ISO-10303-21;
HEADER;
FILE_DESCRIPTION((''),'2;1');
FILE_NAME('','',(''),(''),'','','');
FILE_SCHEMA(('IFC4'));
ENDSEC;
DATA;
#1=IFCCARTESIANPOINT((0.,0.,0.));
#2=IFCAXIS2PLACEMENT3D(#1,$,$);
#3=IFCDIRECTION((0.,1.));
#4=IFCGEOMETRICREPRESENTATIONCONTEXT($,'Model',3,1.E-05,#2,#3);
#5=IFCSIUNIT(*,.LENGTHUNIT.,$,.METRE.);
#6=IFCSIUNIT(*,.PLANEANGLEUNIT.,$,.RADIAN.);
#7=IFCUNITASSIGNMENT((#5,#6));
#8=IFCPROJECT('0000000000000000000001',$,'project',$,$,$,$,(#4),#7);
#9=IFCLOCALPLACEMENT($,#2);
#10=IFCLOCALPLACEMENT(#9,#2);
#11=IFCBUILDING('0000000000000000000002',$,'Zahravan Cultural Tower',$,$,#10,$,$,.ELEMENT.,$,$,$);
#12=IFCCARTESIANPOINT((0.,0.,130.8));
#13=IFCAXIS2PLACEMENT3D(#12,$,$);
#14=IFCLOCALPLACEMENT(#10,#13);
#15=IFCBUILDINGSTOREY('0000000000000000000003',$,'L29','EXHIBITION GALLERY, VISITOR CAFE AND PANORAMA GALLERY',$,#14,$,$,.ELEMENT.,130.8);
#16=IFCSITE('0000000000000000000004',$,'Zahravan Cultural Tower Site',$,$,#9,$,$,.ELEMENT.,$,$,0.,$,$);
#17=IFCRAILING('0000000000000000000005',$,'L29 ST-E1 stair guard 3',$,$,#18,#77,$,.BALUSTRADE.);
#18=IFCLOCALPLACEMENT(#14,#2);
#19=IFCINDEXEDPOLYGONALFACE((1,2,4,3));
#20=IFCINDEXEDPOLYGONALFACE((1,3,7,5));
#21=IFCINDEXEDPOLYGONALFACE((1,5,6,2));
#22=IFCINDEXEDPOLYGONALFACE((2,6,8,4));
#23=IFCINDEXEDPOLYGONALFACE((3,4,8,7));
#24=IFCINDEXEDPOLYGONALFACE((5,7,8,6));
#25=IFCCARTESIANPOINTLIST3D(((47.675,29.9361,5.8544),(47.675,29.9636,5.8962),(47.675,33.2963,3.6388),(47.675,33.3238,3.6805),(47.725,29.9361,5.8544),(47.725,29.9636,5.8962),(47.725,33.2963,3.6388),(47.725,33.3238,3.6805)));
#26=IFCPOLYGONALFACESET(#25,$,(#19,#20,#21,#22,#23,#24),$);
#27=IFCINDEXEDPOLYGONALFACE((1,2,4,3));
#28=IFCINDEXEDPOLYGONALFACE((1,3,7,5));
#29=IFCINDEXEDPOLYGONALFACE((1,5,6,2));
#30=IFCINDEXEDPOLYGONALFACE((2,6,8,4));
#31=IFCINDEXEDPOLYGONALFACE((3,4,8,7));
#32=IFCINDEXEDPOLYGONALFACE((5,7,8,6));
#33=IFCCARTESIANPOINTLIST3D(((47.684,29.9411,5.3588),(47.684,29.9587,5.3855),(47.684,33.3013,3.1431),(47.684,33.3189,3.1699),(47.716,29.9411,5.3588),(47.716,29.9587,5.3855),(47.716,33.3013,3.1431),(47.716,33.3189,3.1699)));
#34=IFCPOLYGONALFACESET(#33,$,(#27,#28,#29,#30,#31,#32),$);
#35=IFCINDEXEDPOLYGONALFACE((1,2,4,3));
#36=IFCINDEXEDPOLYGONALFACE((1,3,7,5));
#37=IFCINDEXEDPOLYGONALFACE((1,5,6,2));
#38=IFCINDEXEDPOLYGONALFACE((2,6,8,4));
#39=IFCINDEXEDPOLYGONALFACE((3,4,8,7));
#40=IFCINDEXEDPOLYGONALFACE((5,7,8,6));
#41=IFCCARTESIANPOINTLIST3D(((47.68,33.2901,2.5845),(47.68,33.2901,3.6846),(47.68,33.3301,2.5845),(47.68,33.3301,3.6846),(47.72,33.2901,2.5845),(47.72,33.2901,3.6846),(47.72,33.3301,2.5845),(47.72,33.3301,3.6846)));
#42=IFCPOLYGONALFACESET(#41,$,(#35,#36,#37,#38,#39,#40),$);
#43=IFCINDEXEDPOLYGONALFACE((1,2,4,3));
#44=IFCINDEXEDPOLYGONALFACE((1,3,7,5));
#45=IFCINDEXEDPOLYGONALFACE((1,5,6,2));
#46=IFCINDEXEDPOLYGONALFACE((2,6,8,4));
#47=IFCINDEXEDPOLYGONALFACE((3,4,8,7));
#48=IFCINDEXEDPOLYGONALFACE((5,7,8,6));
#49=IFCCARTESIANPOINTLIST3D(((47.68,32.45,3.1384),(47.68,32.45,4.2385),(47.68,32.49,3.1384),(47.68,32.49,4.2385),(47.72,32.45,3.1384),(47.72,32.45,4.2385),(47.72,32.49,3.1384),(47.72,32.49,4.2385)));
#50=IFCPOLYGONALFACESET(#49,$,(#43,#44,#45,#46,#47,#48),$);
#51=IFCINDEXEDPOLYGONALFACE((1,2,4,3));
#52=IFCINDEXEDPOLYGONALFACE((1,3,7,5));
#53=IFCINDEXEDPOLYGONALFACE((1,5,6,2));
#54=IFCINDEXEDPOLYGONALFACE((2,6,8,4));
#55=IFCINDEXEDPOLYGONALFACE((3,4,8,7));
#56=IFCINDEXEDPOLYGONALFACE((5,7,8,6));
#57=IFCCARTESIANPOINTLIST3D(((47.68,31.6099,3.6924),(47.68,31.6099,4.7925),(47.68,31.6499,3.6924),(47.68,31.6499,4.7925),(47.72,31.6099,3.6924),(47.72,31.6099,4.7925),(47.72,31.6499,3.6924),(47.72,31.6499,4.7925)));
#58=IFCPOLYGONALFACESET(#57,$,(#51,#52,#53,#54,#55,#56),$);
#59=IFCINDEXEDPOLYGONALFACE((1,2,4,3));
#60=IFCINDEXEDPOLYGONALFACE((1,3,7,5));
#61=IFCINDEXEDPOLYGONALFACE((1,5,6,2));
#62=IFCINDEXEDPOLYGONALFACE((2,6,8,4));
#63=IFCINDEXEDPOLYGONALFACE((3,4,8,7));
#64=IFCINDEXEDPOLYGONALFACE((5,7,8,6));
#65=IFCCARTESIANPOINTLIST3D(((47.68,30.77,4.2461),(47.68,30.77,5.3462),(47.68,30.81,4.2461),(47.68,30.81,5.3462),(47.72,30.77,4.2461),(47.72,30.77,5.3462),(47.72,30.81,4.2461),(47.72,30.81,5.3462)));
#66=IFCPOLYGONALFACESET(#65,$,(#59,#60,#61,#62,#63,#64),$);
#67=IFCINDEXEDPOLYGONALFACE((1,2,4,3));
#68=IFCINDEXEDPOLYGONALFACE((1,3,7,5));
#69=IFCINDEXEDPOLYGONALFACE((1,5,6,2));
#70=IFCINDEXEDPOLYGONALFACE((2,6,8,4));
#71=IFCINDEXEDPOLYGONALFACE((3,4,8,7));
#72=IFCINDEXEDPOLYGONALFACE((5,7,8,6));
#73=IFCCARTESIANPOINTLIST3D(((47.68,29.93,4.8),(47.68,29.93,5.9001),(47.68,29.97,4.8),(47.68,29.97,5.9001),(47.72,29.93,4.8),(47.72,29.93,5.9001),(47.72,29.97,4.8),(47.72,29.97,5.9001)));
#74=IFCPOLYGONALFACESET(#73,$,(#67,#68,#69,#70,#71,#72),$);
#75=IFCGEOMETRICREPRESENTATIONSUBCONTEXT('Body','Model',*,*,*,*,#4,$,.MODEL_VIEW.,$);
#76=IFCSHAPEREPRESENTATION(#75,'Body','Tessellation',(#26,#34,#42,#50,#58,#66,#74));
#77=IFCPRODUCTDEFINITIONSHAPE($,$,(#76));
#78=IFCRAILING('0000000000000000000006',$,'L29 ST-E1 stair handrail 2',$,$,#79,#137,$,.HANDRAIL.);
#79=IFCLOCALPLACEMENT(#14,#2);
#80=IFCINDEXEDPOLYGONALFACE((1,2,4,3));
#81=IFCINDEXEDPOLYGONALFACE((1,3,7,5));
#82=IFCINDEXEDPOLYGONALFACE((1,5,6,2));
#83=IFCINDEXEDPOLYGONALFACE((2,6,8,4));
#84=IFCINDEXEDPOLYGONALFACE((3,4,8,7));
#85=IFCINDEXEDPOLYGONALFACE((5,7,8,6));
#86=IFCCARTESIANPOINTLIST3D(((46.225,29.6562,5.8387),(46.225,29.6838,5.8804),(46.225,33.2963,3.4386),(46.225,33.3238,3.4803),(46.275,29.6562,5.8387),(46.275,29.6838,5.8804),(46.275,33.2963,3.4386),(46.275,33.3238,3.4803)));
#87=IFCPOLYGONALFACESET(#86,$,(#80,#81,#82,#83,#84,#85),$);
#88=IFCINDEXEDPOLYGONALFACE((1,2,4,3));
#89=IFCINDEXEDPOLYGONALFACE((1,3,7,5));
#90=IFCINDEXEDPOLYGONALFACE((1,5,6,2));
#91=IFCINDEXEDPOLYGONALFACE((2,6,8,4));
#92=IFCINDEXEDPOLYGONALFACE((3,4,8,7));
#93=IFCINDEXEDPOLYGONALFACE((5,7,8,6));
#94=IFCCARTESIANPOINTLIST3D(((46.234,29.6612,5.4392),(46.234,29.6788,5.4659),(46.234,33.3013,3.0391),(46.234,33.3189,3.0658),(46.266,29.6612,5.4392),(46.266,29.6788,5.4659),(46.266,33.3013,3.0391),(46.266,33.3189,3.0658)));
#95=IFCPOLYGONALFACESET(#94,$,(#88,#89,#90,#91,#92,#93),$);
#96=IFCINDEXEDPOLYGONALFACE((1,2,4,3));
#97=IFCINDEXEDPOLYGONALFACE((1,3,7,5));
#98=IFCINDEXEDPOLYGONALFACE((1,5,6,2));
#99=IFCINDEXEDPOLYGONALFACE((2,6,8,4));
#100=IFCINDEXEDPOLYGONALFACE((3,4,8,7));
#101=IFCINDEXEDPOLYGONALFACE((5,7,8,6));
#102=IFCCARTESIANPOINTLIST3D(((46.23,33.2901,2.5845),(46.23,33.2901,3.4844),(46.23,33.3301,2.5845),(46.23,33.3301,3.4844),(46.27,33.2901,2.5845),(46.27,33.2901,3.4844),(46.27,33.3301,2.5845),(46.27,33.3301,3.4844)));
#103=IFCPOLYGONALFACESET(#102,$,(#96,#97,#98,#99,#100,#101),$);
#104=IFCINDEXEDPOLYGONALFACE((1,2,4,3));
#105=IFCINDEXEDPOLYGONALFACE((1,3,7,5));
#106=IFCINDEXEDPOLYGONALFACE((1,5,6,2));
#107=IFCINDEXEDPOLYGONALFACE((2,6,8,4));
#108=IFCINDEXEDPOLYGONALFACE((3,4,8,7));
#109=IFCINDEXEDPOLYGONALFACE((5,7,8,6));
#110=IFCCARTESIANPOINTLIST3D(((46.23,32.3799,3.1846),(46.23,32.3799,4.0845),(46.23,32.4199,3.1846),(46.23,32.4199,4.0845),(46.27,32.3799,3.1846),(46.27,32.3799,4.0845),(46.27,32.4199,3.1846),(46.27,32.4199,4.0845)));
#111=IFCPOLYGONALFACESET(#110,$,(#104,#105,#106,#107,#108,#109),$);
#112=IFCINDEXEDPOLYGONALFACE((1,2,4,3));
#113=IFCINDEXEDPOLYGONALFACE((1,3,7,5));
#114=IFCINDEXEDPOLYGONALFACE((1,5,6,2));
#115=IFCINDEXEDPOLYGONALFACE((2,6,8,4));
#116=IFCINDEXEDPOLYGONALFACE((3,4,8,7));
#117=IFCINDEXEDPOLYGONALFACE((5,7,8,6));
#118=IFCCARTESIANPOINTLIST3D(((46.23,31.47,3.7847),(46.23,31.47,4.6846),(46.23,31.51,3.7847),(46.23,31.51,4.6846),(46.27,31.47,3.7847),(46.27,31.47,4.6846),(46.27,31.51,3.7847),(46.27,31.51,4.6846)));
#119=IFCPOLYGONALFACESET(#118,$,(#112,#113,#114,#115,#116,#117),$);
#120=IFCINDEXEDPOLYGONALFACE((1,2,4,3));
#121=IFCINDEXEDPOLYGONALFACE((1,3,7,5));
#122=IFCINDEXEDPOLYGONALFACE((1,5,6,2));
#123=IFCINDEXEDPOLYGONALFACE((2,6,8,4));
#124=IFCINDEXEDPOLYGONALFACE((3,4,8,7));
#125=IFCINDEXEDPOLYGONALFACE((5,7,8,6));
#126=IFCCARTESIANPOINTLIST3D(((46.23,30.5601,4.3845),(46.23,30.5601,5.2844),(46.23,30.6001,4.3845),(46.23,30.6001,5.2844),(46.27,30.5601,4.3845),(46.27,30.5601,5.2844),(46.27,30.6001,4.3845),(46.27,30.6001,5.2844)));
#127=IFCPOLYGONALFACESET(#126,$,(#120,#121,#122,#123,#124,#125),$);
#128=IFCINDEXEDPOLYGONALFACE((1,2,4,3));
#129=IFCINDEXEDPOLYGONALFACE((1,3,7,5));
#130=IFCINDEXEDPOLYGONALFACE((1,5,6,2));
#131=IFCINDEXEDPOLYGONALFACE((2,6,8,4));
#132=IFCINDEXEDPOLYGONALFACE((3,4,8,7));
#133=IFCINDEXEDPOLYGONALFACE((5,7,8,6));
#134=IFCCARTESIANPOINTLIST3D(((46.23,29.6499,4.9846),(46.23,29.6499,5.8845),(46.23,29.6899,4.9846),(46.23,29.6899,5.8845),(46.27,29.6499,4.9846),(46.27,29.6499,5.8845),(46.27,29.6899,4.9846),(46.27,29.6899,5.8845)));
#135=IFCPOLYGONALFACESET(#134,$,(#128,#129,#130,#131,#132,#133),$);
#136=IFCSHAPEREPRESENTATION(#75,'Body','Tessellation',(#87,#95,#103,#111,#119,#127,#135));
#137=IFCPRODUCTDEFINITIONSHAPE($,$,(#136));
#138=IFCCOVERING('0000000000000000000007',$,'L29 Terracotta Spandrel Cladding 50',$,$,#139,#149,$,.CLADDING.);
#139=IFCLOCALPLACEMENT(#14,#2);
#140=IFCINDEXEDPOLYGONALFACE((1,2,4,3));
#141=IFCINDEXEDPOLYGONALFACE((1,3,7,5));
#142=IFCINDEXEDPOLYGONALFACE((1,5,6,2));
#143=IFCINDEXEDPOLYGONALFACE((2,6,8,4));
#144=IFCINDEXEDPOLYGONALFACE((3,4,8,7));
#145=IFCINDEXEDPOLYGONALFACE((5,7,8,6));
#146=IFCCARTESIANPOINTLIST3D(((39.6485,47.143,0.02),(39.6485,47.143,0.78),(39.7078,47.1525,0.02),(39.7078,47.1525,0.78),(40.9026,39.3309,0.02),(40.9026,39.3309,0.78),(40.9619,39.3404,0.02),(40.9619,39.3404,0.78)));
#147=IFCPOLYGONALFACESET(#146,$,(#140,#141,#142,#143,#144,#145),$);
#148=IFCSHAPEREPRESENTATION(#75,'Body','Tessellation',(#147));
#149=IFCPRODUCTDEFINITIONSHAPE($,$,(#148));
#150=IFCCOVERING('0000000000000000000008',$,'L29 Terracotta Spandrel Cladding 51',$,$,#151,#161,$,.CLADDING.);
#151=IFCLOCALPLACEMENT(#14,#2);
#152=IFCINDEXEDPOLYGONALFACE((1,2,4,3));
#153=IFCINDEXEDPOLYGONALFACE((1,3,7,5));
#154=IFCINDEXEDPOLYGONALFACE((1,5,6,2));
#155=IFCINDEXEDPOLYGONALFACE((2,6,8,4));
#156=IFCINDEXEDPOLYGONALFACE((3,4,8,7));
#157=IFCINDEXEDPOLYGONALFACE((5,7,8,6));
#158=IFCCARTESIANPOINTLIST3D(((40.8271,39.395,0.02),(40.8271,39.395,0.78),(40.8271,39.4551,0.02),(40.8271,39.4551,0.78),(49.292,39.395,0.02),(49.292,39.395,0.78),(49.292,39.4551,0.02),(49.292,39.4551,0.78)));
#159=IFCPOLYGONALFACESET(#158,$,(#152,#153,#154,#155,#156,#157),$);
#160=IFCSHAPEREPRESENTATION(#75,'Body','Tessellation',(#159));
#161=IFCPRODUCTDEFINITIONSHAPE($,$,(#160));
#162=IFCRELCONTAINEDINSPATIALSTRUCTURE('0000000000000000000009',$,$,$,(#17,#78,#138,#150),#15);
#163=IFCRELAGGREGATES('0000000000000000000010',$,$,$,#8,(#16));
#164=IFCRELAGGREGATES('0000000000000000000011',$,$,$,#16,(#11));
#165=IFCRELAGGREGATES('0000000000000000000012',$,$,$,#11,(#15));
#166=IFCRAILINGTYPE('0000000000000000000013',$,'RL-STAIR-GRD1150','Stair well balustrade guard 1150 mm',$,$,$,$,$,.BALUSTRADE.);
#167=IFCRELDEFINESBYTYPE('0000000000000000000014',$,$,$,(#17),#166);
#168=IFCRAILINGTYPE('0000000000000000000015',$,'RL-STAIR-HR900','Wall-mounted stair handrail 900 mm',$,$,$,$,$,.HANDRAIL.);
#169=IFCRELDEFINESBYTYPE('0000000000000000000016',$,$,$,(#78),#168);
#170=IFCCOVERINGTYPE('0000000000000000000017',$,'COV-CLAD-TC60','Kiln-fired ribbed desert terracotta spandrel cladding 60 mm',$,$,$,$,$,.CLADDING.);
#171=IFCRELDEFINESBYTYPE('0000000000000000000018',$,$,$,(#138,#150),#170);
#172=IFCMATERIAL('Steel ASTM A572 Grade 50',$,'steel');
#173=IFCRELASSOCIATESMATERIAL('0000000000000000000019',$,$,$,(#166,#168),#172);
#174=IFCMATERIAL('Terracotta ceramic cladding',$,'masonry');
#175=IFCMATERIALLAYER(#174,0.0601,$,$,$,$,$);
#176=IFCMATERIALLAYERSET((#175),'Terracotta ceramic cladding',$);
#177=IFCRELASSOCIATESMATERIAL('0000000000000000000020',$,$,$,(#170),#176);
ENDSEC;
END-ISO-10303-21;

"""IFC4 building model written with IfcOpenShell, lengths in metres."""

from ifc_helpers import new_model, si_unit, direction, frame, origin, origin_2d, place, context, subcontext, project, spatial, rectangle, extrude, source, transform, mapped, material, layer, layer_set, type_object, element, save


model = new_model("IFC4")

# Units and contexts
model_context = context("Model", 3, precision=1e-05, world=origin(), true_north=direction((0.0, 1.0)))
body_context = subcontext(model_context, "Body", "Model", "MODEL_VIEW")
ifc_project = project(units=[si_unit("LENGTHUNIT", "METRE"), si_unit("PLANEANGLEUNIT", "RADIAN")], contexts=[model_context])

# Site, building, storey
site_placement = place(None, origin())
site = spatial("IfcSite", under=ifc_project, at=site_placement, Name="Zahravan Cultural Tower Site", CompositionType="ELEMENT", RefElevation=0.0)
building_placement = place(site_placement, origin())
building = spatial("IfcBuilding", under=site, at=building_placement, Name="Zahravan Cultural Tower", CompositionType="ELEMENT")
storey_placement = place(building_placement, frame((0.0, 0.0, 130.8)))
storey = spatial("IfcBuildingStorey", under=building, at=storey_placement, Name="L29", Description="EXHIBITION GALLERY, VISITOR CAFE AND PANORAMA GALLERY", CompositionType="ELEMENT", Elevation=130.8)

# Shared definitions
ifc_material_1 = material(Name="Steel ASTM A572 Grade 50", Category="steel")

# Railings
railing_type_1 = type_object("IfcRailingType", Name="RL-STAIR-GRD1150", Description="Stair well balustrade guard 1150 mm", PredefinedType="BALUSTRADE", material=ifc_material_1)
railing_1_placement = place(storey_placement, frame((47.7, 33.3101, 2.5845)))
element("IfcRailing", 1, at=railing_1_placement, inside=storey, type_object=railing_type_1, Name="L29 ST-E1 stair guard 3", PredefinedType="BALUSTRADE", context=body_context, shape_type="SweptSolid", body=[
    extrude(rectangle(XDim=0.05, YDim=0.05, at=origin_2d()), frame((0.0, 0.0, 1.0752), z_axis=(0.0, -0.834849, 0.55048), x_axis=(1.0, 0.0, 0.0)), (0.0, 0.0, 1.0), 4.0249),
    extrude(rectangle(XDim=0.032, YDim=0.032, at=origin_2d()), frame((0.0, 0.0, 0.572), z_axis=(0.0, -0.834849, 0.55048), x_axis=(1.0, 0.0, 0.0)), (0.0, 0.0, 1.0), 4.0249),
    extrude(rectangle(XDim=0.04, YDim=0.04, at=origin_2d()), origin(), (0.0, 0.0, 1.0), 1.1001),
    extrude(rectangle(XDim=0.04, YDim=0.04, at=origin_2d()), frame((0.0, -0.8401, 0.554)), (0.0, 0.0, 1.0), 1.1001),
    extrude(rectangle(XDim=0.04, YDim=0.04, at=origin_2d()), frame((0.0, -1.6802, 1.1079)), (0.0, 0.0, 1.0), 1.1001),
    extrude(rectangle(XDim=0.04, YDim=0.04, at=origin_2d()), frame((0.0, -2.52, 1.6616)), (0.0, 0.0, 1.0), 1.1001),
    extrude(rectangle(XDim=0.04, YDim=0.04, at=origin_2d()), frame((0.0, -3.3601, 2.2156)), (0.0, 0.0, 1.0), 1.1001),
])
railing_type_2 = type_object("IfcRailingType", Name="RL-STAIR-HR900", Description="Wall-mounted stair handrail 900 mm", PredefinedType="HANDRAIL", material=ifc_material_1)
railing_2_placement = place(storey_placement, frame((46.25, 33.3101, 2.5845)))
element("IfcRailing", 2, at=railing_2_placement, inside=storey, type_object=railing_type_2, Name="L29 ST-E1 stair handrail 2", PredefinedType="HANDRAIL", context=body_context, shape_type="SweptSolid", body=[
    extrude(rectangle(XDim=0.05, YDim=0.05, at=origin_2d()), frame((0.0, 0.0, 0.875), z_axis=(0.0, -0.834856, 0.550468), x_axis=(1.0, 0.0, 0.0)), (0.0, 0.0, 1.0), 4.3601),
    extrude(rectangle(XDim=0.032, YDim=0.032, at=origin_2d()), frame((0.0, 0.0, 0.468), z_axis=(0.0, -0.834856, 0.550468), x_axis=(1.0, 0.0, 0.0)), (0.0, 0.0, 1.0), 4.3601),
    extrude(rectangle(XDim=0.04, YDim=0.04, at=origin_2d()), origin(), (0.0, 0.0, 1.0), 0.8999),
    extrude(rectangle(XDim=0.04, YDim=0.04, at=origin_2d()), frame((0.0, -0.9102, 0.6001)), (0.0, 0.0, 1.0), 0.8999),
    extrude(rectangle(XDim=0.04, YDim=0.04, at=origin_2d()), frame((0.0, -1.8201, 1.2002)), (0.0, 0.0, 1.0), 0.8999),
    extrude(rectangle(XDim=0.04, YDim=0.04, at=origin_2d()), frame((0.0, -2.73, 1.8)), (0.0, 0.0, 1.0), 0.8999),
    extrude(rectangle(XDim=0.04, YDim=0.04, at=origin_2d()), frame((0.0, -3.6401, 2.4001)), (0.0, 0.0, 1.0), 0.8999),
])

# Coverings
ifc_material_2 = material(Name="Terracotta ceramic cladding", Category="masonry")
ifc_layer_1 = layer(ifc_material_2, 0.0601)
ifc_layer_set_1 = layer_set([ifc_layer_1], Name="Terracotta ceramic cladding")
covering_type = type_object("IfcCoveringType", Name="COV-CLAD-TC60", Description="Kiln-fired ribbed desert terracotta spandrel cladding 60 mm", PredefinedType="CLADDING", material=ifc_layer_set_1)
shared_shape_1 = source(origin(), body_context, "Body", "SweptSolid", [
    extrude(rectangle(XDim=7.9121, YDim=0.0601, at=origin_2d()), origin(), (0.0, 0.0, 1.0), 0.76),
])
covering_1_placement = place(storey_placement, frame((40.3052, 43.2417, 0.02), z_axis=(0.0, 0.0, 1.0), x_axis=(0.158503, -0.987359, 0.0)))
element("IfcCovering", 3, at=covering_1_placement, inside=storey, type_object=covering_type, Name="L29 Terracotta Spandrel Cladding 50", PredefinedType="CLADDING", context=body_context, shape_type="MappedRepresentation", body=[
    mapped(shared_shape_1, transform((0.0, 0.0, 0.0), x_axis=(1.0, 0.0, 0.0), y_axis=(0.0, 1.0, 0.0), z_axis=(0.0, 0.0, 1.0), scale=1.0)),
])
shared_shape_2 = source(origin(), body_context, "Body", "SweptSolid", [
    extrude(rectangle(XDim=8.4648, YDim=0.0601, at=origin_2d()), origin(), (0.0, 0.0, 1.0), 0.76),
])
covering_2_placement = place(storey_placement, frame((45.0596, 39.425, 0.02), z_axis=(0.0, 0.0, 1.0), x_axis=(1.0, 0.0, 0.0)))
element("IfcCovering", 4, at=covering_2_placement, inside=storey, type_object=covering_type, Name="L29 Terracotta Spandrel Cladding 51", PredefinedType="CLADDING", context=body_context, shape_type="MappedRepresentation", body=[
    mapped(shared_shape_2, transform((0.0, 0.0, 0.0), x_axis=(1.0, 0.0, 0.0), y_axis=(0.0, 1.0, 0.0), z_axis=(0.0, 0.0, 1.0), scale=1.0)),
])

save(model, "model.ifc")
